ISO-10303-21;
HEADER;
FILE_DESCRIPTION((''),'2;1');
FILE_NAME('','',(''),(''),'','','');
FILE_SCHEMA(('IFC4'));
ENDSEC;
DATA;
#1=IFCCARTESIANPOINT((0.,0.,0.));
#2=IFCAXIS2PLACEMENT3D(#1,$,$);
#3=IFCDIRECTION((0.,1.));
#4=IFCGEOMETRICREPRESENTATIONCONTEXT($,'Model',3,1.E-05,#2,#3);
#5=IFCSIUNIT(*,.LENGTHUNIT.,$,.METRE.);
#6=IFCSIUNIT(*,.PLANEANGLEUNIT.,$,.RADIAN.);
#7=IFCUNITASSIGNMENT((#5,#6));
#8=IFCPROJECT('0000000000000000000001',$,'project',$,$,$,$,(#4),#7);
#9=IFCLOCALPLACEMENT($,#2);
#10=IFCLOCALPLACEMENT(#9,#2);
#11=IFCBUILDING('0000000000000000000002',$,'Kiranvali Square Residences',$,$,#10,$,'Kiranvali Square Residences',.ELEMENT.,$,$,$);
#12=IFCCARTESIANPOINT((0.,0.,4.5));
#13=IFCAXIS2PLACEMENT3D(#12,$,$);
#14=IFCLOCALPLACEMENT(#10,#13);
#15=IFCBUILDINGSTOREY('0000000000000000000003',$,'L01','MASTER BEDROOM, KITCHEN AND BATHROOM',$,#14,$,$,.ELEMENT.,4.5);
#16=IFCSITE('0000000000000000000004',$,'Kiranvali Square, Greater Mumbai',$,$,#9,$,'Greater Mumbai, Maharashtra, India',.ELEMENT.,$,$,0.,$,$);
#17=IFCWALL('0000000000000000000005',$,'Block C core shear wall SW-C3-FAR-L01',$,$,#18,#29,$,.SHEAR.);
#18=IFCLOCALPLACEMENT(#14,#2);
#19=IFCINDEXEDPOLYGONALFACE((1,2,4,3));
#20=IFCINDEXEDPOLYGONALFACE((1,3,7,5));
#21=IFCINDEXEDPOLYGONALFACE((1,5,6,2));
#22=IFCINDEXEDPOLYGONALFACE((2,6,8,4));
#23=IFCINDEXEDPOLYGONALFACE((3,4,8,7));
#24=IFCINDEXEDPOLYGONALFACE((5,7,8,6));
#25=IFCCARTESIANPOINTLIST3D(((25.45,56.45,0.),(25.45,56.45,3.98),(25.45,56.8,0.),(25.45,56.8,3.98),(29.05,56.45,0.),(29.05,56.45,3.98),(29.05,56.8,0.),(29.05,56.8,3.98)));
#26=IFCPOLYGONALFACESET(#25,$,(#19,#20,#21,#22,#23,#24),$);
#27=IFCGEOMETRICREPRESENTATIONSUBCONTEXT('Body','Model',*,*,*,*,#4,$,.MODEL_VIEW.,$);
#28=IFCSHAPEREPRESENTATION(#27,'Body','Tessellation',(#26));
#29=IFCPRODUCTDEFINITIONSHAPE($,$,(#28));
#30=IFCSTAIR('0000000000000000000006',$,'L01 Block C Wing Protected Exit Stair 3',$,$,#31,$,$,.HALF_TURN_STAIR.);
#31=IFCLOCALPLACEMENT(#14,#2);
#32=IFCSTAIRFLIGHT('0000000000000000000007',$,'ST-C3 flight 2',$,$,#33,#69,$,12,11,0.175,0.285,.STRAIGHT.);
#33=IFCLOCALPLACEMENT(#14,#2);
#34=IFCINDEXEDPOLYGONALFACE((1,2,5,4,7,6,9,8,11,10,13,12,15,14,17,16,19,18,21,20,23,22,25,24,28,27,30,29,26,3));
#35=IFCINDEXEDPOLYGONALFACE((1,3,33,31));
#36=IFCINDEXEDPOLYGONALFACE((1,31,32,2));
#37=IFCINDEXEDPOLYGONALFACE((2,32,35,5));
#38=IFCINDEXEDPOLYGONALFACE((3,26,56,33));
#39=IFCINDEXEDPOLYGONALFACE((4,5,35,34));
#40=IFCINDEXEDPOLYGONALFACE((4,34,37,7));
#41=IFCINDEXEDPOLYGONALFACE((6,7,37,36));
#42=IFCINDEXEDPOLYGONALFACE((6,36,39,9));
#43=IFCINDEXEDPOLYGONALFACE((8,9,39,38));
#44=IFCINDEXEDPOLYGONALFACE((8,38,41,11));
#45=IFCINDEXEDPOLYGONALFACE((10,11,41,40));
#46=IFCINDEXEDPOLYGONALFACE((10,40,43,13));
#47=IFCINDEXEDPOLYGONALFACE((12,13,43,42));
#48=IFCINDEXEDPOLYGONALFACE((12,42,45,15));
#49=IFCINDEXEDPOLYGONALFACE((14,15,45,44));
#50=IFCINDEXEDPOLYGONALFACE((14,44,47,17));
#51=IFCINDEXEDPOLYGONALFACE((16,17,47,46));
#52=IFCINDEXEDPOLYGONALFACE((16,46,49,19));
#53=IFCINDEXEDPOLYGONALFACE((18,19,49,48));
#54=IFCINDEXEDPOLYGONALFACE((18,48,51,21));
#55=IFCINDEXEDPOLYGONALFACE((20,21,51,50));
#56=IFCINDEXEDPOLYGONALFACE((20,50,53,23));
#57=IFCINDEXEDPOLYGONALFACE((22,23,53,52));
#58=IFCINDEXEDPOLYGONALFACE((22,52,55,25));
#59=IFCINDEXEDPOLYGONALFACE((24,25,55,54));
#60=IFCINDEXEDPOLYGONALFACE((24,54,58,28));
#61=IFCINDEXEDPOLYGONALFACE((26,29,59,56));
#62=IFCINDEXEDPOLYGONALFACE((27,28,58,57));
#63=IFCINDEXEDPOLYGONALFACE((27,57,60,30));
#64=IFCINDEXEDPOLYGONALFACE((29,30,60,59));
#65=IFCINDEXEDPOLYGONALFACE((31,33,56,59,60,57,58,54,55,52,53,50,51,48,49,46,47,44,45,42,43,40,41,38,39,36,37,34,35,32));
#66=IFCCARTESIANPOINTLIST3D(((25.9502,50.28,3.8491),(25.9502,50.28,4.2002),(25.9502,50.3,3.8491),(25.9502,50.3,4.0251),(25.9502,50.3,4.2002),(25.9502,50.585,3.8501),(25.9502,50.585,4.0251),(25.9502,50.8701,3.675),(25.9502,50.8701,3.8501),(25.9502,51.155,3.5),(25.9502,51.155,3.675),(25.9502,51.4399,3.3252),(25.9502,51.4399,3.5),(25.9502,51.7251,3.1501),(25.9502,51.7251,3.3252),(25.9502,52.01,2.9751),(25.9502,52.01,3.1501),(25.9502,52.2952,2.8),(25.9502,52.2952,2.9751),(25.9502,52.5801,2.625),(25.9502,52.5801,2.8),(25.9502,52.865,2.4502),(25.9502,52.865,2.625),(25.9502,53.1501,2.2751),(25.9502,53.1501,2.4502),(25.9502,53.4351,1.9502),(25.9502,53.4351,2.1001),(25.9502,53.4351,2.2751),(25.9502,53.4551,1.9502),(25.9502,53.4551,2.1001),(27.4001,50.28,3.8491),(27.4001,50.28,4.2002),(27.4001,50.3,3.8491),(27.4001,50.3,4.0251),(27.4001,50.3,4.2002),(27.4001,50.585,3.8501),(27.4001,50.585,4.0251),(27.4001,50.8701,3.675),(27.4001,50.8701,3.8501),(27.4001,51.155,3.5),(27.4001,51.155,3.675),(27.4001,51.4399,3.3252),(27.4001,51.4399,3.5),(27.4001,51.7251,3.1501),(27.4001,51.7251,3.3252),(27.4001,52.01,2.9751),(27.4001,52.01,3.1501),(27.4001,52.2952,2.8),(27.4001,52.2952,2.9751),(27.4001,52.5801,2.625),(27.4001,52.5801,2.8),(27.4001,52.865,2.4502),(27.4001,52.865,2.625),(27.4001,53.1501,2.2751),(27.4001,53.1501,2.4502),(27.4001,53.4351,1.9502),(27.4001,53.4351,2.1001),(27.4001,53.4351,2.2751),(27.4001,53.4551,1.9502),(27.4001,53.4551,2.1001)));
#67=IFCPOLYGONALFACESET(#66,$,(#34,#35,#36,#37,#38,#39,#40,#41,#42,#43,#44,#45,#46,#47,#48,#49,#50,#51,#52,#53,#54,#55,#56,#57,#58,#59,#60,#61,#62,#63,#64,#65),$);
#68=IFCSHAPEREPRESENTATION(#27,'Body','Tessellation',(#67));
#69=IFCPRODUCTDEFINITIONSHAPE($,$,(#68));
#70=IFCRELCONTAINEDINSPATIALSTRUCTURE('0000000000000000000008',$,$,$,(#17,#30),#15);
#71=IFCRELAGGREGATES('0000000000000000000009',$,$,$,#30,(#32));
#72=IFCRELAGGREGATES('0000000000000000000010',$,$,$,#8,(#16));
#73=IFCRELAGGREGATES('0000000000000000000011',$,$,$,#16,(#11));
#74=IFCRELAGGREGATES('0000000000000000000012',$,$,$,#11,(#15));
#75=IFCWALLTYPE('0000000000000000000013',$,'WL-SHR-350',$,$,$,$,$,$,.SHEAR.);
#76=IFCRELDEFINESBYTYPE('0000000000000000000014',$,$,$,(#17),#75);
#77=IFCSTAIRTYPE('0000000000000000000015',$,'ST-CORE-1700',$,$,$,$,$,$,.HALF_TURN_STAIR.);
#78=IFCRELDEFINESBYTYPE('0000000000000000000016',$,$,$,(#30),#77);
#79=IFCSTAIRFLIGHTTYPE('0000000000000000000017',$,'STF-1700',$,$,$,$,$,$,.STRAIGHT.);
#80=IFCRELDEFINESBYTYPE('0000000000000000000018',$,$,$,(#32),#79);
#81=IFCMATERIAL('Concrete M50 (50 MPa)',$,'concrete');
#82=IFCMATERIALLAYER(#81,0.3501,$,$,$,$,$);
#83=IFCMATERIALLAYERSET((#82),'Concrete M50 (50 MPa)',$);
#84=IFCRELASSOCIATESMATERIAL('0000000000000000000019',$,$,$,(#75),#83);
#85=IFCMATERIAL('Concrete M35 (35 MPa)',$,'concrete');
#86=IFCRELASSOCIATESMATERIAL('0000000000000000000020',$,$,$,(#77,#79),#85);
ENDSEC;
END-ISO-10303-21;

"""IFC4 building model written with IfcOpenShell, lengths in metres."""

from ifc_helpers import new_model, si_unit, direction, frame, frame_2d, origin, place, context, subcontext, project, spatial, polyline, rectangle, outline, extrude, material, layer, layer_set, type_object, element, aggregate, save


model = new_model("IFC4")

# Units and contexts
model_context = context("Model", 3, precision=1e-05, world=origin(), true_north=direction((0.0, 1.0)))
body_context = subcontext(model_context, "Body", "Model", "MODEL_VIEW")
ifc_project = project(units=[si_unit("LENGTHUNIT", "METRE"), si_unit("PLANEANGLEUNIT", "RADIAN")], contexts=[model_context])

# Site, building, storey
site_placement = place(None, origin())
site = spatial("IfcSite", under=ifc_project, at=site_placement, Name="Kiranvali Square, Greater Mumbai", LongName="Greater Mumbai, Maharashtra, India", CompositionType="ELEMENT", RefElevation=0.0)
building_placement = place(site_placement, origin())
building = spatial("IfcBuilding", under=site, at=building_placement, Name="Kiranvali Square Residences", LongName="Kiranvali Square Residences", CompositionType="ELEMENT")
storey_placement = place(building_placement, frame((0.0, 0.0, 4.5)))
storey = spatial("IfcBuildingStorey", under=building, at=storey_placement, Name="L01", Description="MASTER BEDROOM, KITCHEN AND BATHROOM", CompositionType="ELEMENT", Elevation=4.5)

# Shared definitions
ifc_material_1 = material(Name="Concrete M50 (50 MPa)", Category="concrete")

# Wall
ifc_layer_1 = layer(ifc_material_1, 0.3501)
ifc_layer_set_1 = layer_set([ifc_layer_1], Name="Concrete M50 (50 MPa)")
wall_type_1 = type_object("IfcWallType", Name="WL-SHR-350", PredefinedType="SHEAR", material=ifc_layer_set_1)
wall_1_placement = place(storey_placement, frame((29.05, 56.625, 0.0), z_axis=(0.0, 0.0, 1.0), x_axis=(-1.0, 0.0, 0.0)))
element("IfcWall", 1, at=wall_1_placement, inside=storey, type_object=wall_type_1, Name="Block C core shear wall SW-C3-FAR-L01", PredefinedType="SHEAR", context=body_context, shape_type="SweptSolid", body=[
    extrude(rectangle(XDim=3.6001, YDim=0.3501, at=frame_2d((1.8, 0.0))), origin(), (0.0, 0.0, 1.0), 3.98),
])

# Stair, stair flight
ifc_material_2 = material(Name="Concrete M35 (35 MPa)", Category="concrete")
stair_type = type_object("IfcStairType", Name="ST-CORE-1700", PredefinedType="HALF_TURN_STAIR", material=ifc_material_2)
stair_placement = place(storey_placement, origin())
stair = element("IfcStair", 2, at=stair_placement, inside=storey, type_object=stair_type, Name="L01 Block C Wing Protected Exit Stair 3", PredefinedType="HALF_TURN_STAIR")
stair_flight_type = type_object("IfcStairFlightType", Name="STF-1700", PredefinedType="STRAIGHT", material=ifc_material_2)
stair_flight_placement = place(storey_placement, frame((26.675, 53.4351, 2.1001), z_axis=(0.0, 0.0, 1.0), x_axis=(0.0, -1.0, 0.0)))
stair_flight = element("IfcStairFlight", 3, at=stair_flight_placement, type_object=stair_flight_type, Name="ST-C3 flight 2", NumberOfRisers=12, NumberOfTreads=11, PredefinedType="STRAIGHT", RiserHeight=0.175, TreadLength=0.285, context=body_context, shape_type="SweptSolid", body=[
    extrude(outline(polyline([(-0.02, -0.1499), (-0.02, 0.0), (0.0, 0.0), (0.0, 0.175), (0.2849, 0.175), (0.2849, 0.3501), (0.5701, 0.3501), (0.5701, 0.5249), (0.855, 0.5249), (0.855, 0.7), (1.1399, 0.7), (1.1399, 0.875), (1.425, 0.875), (1.425, 1.05), (1.71, 1.05), (1.71, 1.2251), (1.9951, 1.2251), (1.9951, 1.3999), (2.28, 1.3999), (2.28, 1.575), (2.5649, 1.575), (2.5649, 1.75), (2.8501, 1.75), (2.8501, 1.925), (3.135, 1.925), (3.135, 2.1001), (3.155, 2.1001), (3.155, 1.749), (3.135, 1.749), (0.0, -0.1499), (-0.02, -0.1499)])), frame((0.0, 0.7251, 0.0), z_axis=(0.0, -1.0, 0.0), x_axis=(1.0, 0.0, 0.0)), (0.0, 0.0, 1.0), 1.45),
])
aggregate(stair, [stair_flight])

save(model, "model.ifc")
